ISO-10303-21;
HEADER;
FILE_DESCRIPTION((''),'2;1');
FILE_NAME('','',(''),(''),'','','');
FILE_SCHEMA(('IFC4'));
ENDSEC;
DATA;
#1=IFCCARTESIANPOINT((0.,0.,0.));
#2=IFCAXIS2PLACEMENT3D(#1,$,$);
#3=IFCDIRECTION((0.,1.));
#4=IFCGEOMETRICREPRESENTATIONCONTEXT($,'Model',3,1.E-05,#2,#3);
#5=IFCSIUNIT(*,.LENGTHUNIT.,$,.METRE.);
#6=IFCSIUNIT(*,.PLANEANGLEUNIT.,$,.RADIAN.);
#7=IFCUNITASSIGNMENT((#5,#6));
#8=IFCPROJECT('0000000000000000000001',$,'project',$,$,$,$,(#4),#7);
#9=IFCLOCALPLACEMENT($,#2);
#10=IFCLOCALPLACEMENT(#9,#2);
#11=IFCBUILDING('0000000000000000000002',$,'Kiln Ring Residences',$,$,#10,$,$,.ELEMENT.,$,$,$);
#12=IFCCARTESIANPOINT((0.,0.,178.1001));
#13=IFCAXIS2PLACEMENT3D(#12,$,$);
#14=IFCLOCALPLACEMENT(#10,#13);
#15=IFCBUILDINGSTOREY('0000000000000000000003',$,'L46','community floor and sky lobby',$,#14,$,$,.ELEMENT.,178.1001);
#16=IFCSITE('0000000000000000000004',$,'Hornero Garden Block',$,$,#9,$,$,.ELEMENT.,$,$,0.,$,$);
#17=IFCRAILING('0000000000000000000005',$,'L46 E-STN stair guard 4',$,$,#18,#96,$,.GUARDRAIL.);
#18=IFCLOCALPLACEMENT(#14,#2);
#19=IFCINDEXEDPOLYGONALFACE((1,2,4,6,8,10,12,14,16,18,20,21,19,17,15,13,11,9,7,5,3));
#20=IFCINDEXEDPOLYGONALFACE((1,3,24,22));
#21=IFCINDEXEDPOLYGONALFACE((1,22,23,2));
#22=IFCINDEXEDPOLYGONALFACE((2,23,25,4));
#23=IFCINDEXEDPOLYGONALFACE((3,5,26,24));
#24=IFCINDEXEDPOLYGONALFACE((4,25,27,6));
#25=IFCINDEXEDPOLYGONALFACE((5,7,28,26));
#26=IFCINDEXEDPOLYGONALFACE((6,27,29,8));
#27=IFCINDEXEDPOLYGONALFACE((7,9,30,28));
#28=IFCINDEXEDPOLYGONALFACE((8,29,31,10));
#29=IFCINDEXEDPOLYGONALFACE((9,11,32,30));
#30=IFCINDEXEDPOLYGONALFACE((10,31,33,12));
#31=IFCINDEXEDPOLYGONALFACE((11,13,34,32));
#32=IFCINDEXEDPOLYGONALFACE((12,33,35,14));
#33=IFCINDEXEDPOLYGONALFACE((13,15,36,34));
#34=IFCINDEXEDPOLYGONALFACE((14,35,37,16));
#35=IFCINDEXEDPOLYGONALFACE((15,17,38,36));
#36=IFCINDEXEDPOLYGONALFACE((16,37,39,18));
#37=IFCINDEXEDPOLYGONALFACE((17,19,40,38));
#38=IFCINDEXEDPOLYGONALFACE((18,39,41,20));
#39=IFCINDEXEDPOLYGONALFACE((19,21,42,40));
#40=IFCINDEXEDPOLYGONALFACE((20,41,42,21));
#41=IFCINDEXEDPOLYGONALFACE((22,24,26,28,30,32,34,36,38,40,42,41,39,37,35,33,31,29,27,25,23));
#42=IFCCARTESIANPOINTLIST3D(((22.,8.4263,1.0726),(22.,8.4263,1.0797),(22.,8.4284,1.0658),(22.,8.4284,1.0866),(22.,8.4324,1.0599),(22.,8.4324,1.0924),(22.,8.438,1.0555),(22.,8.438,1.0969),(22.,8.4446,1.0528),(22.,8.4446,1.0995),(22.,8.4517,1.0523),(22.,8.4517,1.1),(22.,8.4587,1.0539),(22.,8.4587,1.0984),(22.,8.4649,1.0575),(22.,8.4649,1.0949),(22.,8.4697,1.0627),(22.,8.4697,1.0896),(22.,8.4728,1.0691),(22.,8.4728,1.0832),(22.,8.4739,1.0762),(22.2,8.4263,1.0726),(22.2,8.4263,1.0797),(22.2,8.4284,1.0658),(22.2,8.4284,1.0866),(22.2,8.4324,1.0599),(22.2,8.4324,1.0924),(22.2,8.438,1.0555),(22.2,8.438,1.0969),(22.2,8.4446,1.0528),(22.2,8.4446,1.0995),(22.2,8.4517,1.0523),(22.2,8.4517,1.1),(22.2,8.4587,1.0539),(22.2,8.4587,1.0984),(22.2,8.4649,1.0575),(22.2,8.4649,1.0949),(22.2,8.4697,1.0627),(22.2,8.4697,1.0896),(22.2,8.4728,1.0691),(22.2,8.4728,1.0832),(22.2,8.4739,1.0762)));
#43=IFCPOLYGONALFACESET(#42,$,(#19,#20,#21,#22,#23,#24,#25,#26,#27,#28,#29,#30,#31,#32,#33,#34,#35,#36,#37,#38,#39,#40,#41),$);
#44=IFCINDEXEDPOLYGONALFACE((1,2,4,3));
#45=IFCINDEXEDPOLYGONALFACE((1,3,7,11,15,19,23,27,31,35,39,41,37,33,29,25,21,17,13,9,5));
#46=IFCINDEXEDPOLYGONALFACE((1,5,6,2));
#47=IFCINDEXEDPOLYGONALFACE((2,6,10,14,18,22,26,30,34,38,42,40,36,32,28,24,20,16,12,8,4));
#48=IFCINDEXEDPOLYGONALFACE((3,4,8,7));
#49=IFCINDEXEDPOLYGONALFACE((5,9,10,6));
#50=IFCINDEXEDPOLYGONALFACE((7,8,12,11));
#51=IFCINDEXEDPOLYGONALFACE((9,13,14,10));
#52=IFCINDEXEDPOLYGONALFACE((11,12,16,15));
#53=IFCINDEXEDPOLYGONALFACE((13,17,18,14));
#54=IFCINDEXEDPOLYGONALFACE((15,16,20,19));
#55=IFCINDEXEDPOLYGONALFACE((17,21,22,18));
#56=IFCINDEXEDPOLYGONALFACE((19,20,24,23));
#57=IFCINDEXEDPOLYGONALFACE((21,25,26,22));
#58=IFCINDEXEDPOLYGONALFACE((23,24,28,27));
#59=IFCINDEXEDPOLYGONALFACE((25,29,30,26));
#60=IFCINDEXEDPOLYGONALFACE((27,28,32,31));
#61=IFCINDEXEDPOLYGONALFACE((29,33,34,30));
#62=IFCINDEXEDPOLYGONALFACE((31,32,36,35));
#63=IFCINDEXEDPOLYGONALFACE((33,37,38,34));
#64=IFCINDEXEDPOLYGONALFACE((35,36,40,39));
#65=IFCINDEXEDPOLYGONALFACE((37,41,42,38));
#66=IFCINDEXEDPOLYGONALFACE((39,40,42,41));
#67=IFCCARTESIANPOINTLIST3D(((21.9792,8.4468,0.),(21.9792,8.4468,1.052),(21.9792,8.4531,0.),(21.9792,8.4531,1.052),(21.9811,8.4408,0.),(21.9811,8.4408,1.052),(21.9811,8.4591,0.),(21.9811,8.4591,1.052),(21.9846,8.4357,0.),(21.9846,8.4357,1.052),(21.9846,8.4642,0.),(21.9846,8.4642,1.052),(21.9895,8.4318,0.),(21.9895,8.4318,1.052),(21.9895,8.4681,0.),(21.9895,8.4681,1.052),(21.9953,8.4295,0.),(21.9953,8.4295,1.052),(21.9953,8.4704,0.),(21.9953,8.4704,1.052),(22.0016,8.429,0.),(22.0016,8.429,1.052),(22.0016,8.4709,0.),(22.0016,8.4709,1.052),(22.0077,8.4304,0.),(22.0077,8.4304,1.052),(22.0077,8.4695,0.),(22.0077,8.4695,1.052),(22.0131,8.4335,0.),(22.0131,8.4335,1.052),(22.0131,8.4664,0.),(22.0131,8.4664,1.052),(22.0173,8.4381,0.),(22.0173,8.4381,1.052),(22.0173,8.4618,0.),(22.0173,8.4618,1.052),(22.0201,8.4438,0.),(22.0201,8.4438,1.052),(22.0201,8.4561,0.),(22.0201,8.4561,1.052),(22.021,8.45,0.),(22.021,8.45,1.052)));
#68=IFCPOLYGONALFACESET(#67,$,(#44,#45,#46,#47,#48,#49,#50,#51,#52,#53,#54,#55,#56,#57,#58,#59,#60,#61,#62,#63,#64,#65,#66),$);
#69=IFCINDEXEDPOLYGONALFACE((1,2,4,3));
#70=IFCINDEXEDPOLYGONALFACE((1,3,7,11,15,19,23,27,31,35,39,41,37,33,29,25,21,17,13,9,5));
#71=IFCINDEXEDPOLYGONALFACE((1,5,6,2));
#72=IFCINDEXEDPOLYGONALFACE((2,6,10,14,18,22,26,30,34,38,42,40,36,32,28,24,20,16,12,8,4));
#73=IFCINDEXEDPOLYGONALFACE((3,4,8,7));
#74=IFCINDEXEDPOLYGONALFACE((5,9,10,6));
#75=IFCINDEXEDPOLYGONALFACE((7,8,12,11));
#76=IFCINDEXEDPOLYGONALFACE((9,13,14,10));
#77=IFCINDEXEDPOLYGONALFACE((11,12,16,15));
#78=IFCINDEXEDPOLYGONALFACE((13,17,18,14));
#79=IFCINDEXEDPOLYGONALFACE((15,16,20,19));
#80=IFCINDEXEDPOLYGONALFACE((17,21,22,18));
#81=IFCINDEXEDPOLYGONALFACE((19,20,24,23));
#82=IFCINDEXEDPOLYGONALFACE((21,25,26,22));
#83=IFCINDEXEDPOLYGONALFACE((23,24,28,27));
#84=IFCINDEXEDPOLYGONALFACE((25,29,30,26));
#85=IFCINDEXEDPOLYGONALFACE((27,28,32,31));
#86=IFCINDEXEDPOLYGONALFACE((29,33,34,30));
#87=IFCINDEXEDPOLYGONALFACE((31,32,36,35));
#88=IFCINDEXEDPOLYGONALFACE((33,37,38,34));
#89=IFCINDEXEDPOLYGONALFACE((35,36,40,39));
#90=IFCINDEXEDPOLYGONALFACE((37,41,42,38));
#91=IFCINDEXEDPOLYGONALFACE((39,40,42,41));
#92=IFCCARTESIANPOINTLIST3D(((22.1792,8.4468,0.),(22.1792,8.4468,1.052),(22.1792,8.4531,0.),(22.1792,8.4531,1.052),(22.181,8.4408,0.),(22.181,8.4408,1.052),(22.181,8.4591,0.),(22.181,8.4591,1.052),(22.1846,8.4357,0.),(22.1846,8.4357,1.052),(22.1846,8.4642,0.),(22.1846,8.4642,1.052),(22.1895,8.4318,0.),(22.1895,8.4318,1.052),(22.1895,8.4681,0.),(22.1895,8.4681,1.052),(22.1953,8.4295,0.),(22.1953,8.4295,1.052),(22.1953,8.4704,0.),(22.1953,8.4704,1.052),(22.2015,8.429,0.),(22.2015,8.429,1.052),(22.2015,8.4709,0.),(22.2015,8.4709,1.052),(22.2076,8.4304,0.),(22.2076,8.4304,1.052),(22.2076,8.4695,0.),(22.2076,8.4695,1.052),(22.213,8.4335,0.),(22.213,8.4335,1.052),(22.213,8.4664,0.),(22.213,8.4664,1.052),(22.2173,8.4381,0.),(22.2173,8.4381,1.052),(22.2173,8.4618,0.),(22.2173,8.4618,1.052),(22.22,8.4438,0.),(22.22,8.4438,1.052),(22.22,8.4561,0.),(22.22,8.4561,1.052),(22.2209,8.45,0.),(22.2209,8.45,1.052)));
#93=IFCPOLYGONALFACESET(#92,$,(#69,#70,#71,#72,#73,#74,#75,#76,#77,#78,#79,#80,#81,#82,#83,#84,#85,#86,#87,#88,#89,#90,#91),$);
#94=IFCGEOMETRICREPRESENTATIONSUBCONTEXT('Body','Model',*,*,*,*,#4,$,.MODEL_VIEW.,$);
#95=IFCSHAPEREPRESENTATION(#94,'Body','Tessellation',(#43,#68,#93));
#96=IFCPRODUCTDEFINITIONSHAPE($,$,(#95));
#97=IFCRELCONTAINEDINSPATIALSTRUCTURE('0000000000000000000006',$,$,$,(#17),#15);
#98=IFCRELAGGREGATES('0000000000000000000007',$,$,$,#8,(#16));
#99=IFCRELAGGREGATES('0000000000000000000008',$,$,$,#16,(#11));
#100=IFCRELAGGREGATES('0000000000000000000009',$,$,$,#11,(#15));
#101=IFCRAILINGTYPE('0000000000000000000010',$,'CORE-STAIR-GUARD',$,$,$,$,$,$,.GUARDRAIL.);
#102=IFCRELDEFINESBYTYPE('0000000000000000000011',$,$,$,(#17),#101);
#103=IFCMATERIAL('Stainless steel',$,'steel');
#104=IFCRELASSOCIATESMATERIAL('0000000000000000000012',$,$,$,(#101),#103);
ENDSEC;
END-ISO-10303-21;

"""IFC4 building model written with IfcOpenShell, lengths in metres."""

from ifc_helpers import new_model, si_unit, direction, frame, origin, origin_2d, place, context, subcontext, project, spatial, circle, extrude, material, type_object, element, save


model = new_model("IFC4")

# Units and contexts
model_context = context("Model", 3, precision=1e-05, world=origin(), true_north=direction((0.0, 1.0)))
body_context = subcontext(model_context, "Body", "Model", "MODEL_VIEW")
ifc_project = project(units=[si_unit("LENGTHUNIT", "METRE"), si_unit("PLANEANGLEUNIT", "RADIAN")], contexts=[model_context])

# Site, building, storey
site_placement = place(None, origin())
site = spatial("IfcSite", under=ifc_project, at=site_placement, Name="Hornero Garden Block", CompositionType="ELEMENT", RefElevation=0.0)
building_placement = place(site_placement, origin())
building = spatial("IfcBuilding", under=site, at=building_placement, Name="Kiln Ring Residences", CompositionType="ELEMENT")
storey_placement = place(building_placement, frame((0.0, 0.0, 178.1001)))
storey = spatial("IfcBuildingStorey", under=building, at=storey_placement, Name="L46", Description="community floor and sky lobby", CompositionType="ELEMENT", Elevation=178.1001)

# Railing
ifc_material_1 = material(Name="Stainless steel", Category="steel")
railing_type_1 = type_object("IfcRailingType", Name="CORE-STAIR-GUARD", PredefinedType="GUARDRAIL", material=ifc_material_1)
railing_1_placement = place(storey_placement, frame((22.0, 8.45, 0.0)))
element("IfcRailing", 1, at=railing_1_placement, inside=storey, type_object=railing_type_1, Name="L46 E-STN stair guard 4", PredefinedType="GUARDRAIL", context=body_context, shape_type="SweptSolid", body=[
    extrude(circle(Radius=0.0239, at=origin_2d()), frame((0.0, 0.0, 1.0762), z_axis=(1.0, 0.0, 0.0), x_axis=(0.0, 1.0, 0.0)), (0.0, 0.0, 1.0), 0.2),
    extrude(circle(Radius=0.021, at=origin_2d()), origin(), (0.0, 0.0, 1.0), 1.052),
    extrude(circle(Radius=0.021, at=origin_2d()), frame((0.2, 0.0, 0.0)), (0.0, 0.0, 1.0), 1.052),
])

save(model, "model.ifc")
